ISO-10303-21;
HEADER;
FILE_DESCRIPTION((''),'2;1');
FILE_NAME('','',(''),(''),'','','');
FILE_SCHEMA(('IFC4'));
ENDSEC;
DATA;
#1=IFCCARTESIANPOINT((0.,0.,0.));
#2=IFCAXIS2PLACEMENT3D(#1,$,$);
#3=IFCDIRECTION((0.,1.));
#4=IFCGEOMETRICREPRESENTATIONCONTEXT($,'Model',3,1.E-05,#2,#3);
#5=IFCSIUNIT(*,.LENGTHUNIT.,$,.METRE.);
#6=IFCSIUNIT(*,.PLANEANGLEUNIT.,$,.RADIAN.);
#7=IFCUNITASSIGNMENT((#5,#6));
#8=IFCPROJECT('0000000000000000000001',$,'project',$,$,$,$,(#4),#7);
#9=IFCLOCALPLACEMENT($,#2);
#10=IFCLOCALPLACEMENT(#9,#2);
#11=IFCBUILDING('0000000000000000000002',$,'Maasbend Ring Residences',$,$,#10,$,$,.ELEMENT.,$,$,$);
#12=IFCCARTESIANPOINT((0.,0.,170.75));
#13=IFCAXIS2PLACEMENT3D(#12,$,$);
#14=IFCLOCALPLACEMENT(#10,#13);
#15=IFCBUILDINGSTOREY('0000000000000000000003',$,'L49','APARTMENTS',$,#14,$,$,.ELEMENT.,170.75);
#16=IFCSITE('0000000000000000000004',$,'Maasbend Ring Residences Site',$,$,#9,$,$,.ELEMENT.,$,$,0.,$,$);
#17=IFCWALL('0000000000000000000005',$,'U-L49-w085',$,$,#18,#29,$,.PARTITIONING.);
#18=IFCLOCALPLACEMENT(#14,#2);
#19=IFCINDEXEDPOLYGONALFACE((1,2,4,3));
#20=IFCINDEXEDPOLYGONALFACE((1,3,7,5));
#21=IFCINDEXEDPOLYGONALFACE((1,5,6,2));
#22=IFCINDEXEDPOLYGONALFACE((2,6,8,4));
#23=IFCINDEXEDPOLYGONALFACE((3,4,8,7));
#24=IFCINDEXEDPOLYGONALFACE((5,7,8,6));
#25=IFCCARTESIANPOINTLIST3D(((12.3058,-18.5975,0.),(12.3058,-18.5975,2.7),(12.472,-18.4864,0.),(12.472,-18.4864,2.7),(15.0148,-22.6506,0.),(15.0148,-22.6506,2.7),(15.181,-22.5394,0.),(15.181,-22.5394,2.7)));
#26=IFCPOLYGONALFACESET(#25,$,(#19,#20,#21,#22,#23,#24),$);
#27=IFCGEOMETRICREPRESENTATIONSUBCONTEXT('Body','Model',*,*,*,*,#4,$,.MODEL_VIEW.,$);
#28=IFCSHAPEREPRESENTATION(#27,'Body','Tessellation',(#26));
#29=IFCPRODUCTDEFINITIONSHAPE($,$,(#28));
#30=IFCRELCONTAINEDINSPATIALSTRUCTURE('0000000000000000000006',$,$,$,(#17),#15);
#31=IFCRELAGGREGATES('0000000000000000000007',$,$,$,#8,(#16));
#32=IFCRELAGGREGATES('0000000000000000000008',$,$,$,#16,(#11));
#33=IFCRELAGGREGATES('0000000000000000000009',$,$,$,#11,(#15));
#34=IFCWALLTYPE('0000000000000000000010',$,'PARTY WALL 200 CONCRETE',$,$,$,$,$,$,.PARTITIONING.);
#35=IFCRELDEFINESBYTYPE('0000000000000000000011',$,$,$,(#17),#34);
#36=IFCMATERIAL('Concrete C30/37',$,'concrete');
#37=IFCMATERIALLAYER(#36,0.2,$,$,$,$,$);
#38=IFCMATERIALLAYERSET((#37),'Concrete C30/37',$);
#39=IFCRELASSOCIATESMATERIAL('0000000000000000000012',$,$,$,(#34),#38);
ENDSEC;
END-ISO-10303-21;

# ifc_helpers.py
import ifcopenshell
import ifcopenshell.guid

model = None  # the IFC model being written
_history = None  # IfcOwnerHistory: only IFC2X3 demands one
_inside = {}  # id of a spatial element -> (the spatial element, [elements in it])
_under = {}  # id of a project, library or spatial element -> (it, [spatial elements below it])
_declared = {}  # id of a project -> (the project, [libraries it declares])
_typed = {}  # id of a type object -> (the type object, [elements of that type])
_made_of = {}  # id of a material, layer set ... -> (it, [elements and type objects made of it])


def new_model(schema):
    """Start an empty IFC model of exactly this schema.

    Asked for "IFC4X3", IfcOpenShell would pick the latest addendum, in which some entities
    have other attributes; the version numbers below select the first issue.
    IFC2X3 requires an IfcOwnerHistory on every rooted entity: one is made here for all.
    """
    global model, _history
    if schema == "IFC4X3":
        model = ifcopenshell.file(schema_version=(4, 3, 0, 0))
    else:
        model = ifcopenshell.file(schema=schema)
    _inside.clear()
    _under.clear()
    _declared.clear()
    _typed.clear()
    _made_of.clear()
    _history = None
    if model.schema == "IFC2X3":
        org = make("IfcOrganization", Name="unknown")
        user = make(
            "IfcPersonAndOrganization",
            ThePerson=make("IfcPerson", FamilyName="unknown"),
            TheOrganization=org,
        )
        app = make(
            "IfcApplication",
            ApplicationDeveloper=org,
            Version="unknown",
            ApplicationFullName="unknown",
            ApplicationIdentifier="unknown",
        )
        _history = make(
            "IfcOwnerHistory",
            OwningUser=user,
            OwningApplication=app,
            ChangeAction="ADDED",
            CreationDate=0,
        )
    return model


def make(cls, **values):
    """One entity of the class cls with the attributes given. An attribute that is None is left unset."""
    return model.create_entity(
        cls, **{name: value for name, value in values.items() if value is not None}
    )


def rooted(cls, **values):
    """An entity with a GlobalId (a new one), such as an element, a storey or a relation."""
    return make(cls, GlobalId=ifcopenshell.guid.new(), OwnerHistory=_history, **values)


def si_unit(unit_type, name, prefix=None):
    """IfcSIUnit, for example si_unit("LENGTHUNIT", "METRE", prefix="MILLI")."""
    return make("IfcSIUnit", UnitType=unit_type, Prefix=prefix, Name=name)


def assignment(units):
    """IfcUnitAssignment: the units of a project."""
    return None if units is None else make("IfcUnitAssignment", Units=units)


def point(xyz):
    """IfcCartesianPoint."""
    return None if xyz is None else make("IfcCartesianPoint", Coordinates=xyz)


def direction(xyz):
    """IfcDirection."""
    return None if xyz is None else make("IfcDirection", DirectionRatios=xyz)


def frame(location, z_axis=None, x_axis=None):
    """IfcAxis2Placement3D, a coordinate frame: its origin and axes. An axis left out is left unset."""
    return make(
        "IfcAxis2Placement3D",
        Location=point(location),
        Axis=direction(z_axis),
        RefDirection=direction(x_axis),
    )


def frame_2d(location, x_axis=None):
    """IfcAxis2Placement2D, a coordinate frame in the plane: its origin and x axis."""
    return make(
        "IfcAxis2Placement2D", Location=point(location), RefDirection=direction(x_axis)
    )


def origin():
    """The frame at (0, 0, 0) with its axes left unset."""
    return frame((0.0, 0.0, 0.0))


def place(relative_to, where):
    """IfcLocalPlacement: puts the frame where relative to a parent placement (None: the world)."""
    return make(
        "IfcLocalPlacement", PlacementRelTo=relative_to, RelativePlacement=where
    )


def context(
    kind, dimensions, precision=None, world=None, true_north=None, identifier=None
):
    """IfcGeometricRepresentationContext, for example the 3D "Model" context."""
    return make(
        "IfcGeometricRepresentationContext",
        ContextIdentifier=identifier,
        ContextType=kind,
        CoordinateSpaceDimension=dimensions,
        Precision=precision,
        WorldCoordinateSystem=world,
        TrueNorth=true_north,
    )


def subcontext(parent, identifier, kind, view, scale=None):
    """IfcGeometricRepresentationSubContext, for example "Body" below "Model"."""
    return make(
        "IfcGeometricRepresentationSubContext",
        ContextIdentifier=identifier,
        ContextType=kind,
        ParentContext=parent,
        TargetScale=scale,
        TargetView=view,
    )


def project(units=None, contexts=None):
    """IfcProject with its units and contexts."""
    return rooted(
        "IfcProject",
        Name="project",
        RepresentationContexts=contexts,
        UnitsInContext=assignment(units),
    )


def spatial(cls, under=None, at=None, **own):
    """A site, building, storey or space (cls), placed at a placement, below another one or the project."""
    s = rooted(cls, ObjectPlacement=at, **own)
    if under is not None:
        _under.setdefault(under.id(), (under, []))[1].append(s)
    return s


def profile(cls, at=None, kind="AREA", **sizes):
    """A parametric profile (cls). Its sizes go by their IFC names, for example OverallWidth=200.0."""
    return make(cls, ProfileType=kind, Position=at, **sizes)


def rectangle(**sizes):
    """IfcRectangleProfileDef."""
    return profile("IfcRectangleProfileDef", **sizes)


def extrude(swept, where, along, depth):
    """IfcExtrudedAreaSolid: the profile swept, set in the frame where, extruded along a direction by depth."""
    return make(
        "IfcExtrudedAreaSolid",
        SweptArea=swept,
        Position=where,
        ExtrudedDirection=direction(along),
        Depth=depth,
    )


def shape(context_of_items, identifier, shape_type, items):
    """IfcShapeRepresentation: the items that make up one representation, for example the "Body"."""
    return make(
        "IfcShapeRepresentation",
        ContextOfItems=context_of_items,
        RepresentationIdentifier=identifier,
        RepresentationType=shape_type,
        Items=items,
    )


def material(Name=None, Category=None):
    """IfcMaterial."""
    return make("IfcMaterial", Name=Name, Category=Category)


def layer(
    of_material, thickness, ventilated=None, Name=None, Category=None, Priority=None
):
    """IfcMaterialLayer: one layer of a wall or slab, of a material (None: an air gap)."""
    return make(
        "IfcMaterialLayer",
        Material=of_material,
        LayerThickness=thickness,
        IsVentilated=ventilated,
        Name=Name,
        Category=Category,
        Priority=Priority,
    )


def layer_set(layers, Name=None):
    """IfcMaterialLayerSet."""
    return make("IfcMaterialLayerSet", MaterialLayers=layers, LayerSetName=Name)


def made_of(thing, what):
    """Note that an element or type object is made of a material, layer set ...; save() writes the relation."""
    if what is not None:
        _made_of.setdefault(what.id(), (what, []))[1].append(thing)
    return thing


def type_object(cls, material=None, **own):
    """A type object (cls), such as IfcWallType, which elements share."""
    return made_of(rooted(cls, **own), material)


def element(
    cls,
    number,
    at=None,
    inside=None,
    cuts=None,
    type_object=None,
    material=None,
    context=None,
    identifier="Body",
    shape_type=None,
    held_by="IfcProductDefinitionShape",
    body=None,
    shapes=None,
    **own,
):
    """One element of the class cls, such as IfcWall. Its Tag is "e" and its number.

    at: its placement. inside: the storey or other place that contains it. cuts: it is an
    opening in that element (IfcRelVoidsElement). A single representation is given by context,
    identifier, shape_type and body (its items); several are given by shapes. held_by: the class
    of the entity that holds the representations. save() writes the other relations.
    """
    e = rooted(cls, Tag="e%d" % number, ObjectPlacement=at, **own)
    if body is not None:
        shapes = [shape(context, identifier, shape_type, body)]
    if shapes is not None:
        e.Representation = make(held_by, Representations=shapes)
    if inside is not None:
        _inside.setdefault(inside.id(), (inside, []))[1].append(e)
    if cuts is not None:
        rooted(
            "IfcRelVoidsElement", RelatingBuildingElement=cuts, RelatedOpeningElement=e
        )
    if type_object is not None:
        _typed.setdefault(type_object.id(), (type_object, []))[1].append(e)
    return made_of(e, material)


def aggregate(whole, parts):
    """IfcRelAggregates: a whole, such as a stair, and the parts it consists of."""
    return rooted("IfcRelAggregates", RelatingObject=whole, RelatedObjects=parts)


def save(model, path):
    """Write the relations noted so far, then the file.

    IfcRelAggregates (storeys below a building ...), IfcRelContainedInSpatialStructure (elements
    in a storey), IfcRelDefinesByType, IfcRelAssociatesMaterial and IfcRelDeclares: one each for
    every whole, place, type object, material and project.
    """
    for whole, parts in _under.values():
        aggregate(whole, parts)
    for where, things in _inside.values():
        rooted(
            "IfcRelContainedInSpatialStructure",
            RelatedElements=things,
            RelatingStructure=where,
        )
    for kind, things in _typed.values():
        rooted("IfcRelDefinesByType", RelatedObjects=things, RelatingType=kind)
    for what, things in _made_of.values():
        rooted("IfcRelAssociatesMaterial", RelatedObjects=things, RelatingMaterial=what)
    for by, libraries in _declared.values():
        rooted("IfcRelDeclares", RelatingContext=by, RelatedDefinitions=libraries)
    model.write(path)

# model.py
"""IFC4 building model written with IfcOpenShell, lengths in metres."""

from ifc_helpers import new_model, si_unit, direction, frame, frame_2d, origin, place, context, subcontext, project, spatial, rectangle, extrude, material, layer, layer_set, type_object, element, save


model = new_model("IFC4")

# Units and contexts
model_context = context("Model", 3, precision=1e-05, world=origin(), true_north=direction((0.0, 1.0)))
body_context = subcontext(model_context, "Body", "Model", "MODEL_VIEW")
ifc_project = project(units=[si_unit("LENGTHUNIT", "METRE"), si_unit("PLANEANGLEUNIT", "RADIAN")], contexts=[model_context])

# Site, building, storey
site_placement = place(None, origin())
site = spatial("IfcSite", under=ifc_project, at=site_placement, Name="Maasbend Ring Residences Site", CompositionType="ELEMENT", RefElevation=0.0)
building_placement = place(site_placement, origin())
building = spatial("IfcBuilding", under=site, at=building_placement, Name="Maasbend Ring Residences", CompositionType="ELEMENT")
storey_placement = place(building_placement, frame((0.0, 0.0, 170.75)))
storey = spatial("IfcBuildingStorey", under=building, at=storey_placement, Name="L49", Description="APARTMENTS", CompositionType="ELEMENT", Elevation=170.75)

# Wall
ifc_material_1 = material(Name="Concrete C30/37", Category="concrete")
ifc_layer_1 = layer(ifc_material_1, 0.2)
ifc_layer_set_1 = layer_set([ifc_layer_1], Name="Concrete C30/37")
wall_type_1 = type_object("IfcWallType", Name="PARTY WALL 200 CONCRETE", PredefinedType="PARTITIONING", material=ifc_layer_set_1)
wall_1_placement = place(storey_placement, frame((12.3889, -18.542, 0.0), z_axis=(0.0, 0.0, 1.0), x_axis=(0.555694, -0.831387, 0.0)))
element("IfcWall", 1, at=wall_1_placement, inside=storey, type_object=wall_type_1, Name="U-L49-w085", PredefinedType="PARTITIONING", context=body_context, shape_type="SweptSolid", body=[
    extrude(rectangle(XDim=4.875, YDim=0.2, at=frame_2d((2.4375, 0.0))), origin(), (0.0, 0.0, 1.0), 2.7),
])

save(model, "model.ifc")
